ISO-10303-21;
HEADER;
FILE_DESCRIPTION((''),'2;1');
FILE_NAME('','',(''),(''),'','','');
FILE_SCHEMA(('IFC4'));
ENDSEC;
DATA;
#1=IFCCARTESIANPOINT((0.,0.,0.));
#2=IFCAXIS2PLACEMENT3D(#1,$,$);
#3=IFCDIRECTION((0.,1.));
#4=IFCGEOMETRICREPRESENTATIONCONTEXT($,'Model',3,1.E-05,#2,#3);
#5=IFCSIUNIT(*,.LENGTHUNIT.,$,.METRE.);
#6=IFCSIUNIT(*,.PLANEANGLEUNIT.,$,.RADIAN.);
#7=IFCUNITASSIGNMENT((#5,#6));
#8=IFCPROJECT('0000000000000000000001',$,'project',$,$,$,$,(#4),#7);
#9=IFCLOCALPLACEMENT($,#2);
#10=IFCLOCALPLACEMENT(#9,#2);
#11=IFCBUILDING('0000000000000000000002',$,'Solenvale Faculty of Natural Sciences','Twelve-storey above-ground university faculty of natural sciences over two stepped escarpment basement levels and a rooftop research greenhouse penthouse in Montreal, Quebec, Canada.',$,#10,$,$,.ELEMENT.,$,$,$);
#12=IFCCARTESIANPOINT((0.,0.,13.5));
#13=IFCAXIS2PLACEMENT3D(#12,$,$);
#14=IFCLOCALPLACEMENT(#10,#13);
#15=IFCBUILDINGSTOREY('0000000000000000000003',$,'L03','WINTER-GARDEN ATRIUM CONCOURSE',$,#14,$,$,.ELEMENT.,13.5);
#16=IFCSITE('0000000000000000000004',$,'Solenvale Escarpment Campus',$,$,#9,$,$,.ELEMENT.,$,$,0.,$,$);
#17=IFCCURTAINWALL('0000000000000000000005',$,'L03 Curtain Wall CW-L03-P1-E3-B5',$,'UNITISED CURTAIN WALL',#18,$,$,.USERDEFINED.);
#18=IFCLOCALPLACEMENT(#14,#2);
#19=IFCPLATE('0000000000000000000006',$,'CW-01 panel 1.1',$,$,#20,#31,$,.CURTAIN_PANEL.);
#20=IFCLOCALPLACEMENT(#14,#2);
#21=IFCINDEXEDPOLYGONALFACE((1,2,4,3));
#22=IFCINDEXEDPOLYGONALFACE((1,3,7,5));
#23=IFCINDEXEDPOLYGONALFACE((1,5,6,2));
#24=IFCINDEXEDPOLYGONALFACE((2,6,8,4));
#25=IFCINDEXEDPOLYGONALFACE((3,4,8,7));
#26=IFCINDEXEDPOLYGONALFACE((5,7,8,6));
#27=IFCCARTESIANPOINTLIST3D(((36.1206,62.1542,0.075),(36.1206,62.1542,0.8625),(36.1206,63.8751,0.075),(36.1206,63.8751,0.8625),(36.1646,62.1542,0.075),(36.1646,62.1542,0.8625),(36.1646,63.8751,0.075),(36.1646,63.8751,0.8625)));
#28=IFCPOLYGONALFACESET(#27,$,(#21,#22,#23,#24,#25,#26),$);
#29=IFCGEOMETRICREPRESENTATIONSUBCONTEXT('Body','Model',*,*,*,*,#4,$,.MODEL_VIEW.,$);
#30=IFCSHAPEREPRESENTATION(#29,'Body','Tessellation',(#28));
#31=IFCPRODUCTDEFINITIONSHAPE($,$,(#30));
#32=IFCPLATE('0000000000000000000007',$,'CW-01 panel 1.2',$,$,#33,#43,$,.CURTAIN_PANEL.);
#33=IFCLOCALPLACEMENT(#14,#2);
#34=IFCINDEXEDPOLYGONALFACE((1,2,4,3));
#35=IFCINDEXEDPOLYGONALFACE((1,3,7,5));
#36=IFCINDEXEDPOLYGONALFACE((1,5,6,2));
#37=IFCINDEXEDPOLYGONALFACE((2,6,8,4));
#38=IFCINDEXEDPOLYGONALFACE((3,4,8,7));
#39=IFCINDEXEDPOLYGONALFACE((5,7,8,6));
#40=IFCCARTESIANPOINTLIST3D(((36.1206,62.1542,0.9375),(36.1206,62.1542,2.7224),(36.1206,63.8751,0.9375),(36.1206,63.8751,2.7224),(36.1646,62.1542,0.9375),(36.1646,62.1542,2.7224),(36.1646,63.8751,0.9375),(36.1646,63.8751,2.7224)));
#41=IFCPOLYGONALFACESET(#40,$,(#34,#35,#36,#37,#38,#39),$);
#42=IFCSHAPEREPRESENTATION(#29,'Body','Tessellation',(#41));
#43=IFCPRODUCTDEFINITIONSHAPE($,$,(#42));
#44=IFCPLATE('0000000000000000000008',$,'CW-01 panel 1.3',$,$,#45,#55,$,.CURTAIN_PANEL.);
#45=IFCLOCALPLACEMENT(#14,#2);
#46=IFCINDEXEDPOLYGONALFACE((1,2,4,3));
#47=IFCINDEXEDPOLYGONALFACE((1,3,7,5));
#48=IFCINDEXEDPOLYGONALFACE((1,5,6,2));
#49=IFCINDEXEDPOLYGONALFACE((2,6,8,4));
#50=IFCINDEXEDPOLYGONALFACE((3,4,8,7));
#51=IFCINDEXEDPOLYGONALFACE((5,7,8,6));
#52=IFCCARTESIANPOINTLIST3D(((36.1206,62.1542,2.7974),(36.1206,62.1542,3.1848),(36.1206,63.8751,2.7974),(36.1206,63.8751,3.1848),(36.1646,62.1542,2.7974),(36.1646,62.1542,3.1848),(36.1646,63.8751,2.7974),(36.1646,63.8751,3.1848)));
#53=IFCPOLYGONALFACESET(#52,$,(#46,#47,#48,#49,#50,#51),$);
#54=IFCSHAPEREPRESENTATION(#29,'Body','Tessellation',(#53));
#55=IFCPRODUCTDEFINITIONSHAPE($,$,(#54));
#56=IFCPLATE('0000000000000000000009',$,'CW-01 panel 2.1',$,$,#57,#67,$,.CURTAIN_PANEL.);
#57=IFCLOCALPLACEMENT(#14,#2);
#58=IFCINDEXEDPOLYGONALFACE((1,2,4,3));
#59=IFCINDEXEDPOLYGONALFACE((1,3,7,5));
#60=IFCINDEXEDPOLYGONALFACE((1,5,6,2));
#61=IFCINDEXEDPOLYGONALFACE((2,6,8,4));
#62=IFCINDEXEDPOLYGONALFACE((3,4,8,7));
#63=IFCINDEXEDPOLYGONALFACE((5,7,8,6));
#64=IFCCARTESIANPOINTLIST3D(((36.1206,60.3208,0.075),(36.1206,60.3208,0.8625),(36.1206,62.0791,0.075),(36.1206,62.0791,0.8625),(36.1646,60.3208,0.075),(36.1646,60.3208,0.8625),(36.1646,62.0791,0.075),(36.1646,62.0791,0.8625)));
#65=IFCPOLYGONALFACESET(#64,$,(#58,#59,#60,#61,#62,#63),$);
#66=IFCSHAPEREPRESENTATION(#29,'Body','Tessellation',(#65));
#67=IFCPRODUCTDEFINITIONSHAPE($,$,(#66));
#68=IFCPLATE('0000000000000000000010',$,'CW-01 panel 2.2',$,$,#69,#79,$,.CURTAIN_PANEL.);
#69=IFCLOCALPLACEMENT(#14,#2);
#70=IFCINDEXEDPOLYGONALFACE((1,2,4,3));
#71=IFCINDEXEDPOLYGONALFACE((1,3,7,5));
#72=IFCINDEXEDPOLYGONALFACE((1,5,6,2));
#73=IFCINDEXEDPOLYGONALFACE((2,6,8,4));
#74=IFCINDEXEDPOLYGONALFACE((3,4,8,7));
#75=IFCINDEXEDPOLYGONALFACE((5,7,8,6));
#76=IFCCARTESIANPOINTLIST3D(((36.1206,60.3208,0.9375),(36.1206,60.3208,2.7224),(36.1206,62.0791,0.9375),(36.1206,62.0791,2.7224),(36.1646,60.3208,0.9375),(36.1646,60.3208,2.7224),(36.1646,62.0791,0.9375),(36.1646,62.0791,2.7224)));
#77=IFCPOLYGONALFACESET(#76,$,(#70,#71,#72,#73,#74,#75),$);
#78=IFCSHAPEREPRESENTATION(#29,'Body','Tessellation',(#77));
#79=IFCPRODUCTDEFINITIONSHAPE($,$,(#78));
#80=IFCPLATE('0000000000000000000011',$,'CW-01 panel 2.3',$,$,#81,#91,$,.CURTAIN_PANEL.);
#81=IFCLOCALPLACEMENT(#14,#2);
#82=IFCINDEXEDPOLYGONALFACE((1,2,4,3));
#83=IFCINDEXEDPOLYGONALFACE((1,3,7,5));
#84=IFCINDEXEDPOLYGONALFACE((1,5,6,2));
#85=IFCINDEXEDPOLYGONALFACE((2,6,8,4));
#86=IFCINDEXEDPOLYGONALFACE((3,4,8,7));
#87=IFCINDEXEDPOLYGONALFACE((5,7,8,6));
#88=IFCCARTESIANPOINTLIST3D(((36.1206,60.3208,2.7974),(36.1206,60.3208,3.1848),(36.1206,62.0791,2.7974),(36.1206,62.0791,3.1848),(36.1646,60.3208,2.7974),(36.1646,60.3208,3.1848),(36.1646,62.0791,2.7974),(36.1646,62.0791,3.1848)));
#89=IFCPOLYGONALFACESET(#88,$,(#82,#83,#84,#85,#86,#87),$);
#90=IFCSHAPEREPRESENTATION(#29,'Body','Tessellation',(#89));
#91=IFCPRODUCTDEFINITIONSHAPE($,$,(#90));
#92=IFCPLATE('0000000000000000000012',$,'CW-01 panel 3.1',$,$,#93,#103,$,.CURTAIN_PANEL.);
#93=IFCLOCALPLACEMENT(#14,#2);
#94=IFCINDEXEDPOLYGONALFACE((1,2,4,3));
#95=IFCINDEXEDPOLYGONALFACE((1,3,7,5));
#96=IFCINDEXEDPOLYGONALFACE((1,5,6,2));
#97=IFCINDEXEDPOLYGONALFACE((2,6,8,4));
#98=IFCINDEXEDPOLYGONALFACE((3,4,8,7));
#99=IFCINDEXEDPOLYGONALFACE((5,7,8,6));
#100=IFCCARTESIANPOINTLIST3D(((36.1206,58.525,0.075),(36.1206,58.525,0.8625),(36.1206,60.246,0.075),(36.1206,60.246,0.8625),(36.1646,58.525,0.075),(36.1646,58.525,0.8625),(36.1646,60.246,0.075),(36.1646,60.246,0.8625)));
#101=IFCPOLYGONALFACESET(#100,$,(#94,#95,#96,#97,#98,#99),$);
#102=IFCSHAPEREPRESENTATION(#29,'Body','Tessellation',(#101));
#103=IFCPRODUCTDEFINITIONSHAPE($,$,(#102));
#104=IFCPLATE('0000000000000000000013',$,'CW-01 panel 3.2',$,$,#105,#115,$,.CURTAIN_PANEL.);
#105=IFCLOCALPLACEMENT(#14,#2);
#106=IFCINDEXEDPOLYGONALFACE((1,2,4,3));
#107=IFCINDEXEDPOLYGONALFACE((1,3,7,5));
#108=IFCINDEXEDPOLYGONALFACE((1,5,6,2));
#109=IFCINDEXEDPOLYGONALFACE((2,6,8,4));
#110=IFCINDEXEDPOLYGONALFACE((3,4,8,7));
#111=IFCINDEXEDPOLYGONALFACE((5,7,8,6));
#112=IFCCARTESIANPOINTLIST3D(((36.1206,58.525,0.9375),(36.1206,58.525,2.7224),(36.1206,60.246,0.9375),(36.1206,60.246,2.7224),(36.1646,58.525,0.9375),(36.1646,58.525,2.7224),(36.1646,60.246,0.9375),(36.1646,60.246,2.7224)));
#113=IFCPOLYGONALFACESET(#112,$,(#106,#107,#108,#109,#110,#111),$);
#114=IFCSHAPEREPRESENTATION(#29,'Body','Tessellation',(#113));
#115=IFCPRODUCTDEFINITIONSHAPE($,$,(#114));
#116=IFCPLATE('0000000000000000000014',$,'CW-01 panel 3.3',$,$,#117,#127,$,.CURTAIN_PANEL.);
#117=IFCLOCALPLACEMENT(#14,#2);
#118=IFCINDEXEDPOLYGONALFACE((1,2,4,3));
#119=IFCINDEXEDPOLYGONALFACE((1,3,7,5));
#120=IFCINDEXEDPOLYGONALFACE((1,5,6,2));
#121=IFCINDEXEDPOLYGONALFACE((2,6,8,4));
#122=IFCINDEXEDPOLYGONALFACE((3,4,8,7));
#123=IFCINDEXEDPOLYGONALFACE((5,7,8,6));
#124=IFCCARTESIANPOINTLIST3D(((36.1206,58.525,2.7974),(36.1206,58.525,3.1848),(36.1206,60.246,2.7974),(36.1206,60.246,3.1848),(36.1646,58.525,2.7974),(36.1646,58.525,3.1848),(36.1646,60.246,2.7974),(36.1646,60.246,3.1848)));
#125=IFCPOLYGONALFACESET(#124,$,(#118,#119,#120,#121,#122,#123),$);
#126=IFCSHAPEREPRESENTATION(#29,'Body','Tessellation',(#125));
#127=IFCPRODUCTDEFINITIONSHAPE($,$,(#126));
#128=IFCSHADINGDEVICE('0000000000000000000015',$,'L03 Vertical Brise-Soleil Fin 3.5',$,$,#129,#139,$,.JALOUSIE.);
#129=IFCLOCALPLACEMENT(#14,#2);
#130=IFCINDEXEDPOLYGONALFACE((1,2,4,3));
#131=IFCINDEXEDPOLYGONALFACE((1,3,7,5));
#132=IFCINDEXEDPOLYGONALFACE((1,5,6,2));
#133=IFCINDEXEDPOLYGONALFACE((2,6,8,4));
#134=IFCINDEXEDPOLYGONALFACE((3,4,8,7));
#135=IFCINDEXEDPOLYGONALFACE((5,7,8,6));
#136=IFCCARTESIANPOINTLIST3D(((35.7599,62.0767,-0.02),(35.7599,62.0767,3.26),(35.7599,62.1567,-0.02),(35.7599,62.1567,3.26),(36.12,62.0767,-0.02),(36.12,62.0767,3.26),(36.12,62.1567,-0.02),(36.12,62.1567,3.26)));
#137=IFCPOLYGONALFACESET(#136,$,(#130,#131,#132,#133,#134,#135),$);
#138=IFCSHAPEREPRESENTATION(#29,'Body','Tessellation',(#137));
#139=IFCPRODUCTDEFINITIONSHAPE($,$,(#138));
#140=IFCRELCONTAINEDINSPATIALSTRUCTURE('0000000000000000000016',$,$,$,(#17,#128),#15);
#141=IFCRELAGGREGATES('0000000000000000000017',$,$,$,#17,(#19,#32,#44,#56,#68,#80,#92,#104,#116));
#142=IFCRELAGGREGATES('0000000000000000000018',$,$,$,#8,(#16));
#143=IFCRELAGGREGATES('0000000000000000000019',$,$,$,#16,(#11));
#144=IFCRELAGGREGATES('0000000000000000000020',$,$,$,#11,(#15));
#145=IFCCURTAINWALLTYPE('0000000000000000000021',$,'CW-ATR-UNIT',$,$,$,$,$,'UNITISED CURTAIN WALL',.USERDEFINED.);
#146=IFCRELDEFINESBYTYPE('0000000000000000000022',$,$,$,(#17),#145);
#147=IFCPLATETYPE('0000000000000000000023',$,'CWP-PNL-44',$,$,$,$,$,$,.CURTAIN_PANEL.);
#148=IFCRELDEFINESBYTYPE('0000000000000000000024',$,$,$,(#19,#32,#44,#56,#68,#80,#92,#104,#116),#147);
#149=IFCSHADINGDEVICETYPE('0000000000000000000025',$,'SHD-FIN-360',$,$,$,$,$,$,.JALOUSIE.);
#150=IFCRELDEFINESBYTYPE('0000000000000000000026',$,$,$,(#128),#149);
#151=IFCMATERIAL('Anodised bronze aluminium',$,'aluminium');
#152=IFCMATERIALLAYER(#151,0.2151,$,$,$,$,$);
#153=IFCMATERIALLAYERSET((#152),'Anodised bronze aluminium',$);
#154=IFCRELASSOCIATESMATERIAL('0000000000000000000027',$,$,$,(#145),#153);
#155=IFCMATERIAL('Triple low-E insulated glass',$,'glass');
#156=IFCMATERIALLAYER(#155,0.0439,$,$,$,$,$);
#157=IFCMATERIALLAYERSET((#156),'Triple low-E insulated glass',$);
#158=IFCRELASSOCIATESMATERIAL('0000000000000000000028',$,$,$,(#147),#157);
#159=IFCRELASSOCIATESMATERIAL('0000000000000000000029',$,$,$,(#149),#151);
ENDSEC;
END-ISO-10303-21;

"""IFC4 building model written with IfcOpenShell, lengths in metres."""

from ifc_helpers import new_model, si_unit, direction, frame, origin, origin_2d, place, context, subcontext, project, spatial, rectangle, extrude, material, layer, layer_set, material_profile, profile_set, type_object, element, aggregate, save


model = new_model("IFC4")

# Units and contexts
model_context = context("Model", 3, precision=1e-05, world=origin(), true_north=direction((0.0, 1.0)))
body_context = subcontext(model_context, "Body", "Model", "MODEL_VIEW")
ifc_project = project(units=[si_unit("LENGTHUNIT", "METRE"), si_unit("PLANEANGLEUNIT", "RADIAN")], contexts=[model_context])

# Site, building, storey
site_placement = place(None, origin())
site = spatial("IfcSite", under=ifc_project, at=site_placement, Name="Solenvale Escarpment Campus", CompositionType="ELEMENT", RefElevation=0.0)
building_placement = place(site_placement, origin())
building = spatial("IfcBuilding", under=site, at=building_placement, Name="Solenvale Faculty of Natural Sciences", Description="Twelve-storey above-ground university faculty of natural sciences over two stepped escarpment basement levels and a rooftop research greenhouse penthouse in Montreal, Quebec, Canada.", CompositionType="ELEMENT")
storey_placement = place(building_placement, frame((0.0, 0.0, 13.5)))
storey = spatial("IfcBuildingStorey", under=building, at=storey_placement, Name="L03", Description="WINTER-GARDEN ATRIUM CONCOURSE", CompositionType="ELEMENT", Elevation=13.5)

# Curtain wall, plates
ifc_material_1 = material(Name="Anodised bronze aluminium", Category="aluminium")
ifc_layer_1 = layer(ifc_material_1, 0.2151)
ifc_layer_set_1 = layer_set([ifc_layer_1], Name="Anodised bronze aluminium")
curtain_wall_type = type_object("IfcCurtainWallType", Name="CW-ATR-UNIT", ElementType="UNITISED CURTAIN WALL", PredefinedType="USERDEFINED", material=ifc_layer_set_1)
curtain_wall_placement = place(storey_placement, origin())
curtain_wall = element("IfcCurtainWall", 1, at=curtain_wall_placement, inside=storey, type_object=curtain_wall_type, Name="L03 Curtain Wall CW-L03-P1-E3-B5", ObjectType="UNITISED CURTAIN WALL", PredefinedType="USERDEFINED")
ifc_material_2 = material(Name="Triple low-E insulated glass", Category="glass")
ifc_layer_2 = layer(ifc_material_2, 0.0439)
ifc_layer_set_2 = layer_set([ifc_layer_2], Name="Triple low-E insulated glass")
plate_type = type_object("IfcPlateType", Name="CWP-PNL-44", PredefinedType="CURTAIN_PANEL", material=ifc_layer_set_2)
plate_1_placement = place(storey_placement, frame((36.1426, 63.0146, 0.075), z_axis=(0.0, 0.0, 1.0), x_axis=(0.0, -1.0, 0.0)))
plate_1 = element("IfcPlate", 2, at=plate_1_placement, type_object=plate_type, Name="CW-01 panel 1.1", PredefinedType="CURTAIN_PANEL", context=body_context, shape_type="SweptSolid", body=[
    extrude(rectangle(XDim=1.7209, YDim=0.0439, at=origin_2d()), origin(), (0.0, 0.0, 1.0), 0.7876),
])
plate_2_placement = place(storey_placement, frame((36.1426, 63.0146, 0.9375), z_axis=(0.0, 0.0, 1.0), x_axis=(0.0, -1.0, 0.0)))
plate_2 = element("IfcPlate", 3, at=plate_2_placement, type_object=plate_type, Name="CW-01 panel 1.2", PredefinedType="CURTAIN_PANEL", context=body_context, shape_type="SweptSolid", body=[
    extrude(rectangle(XDim=1.7209, YDim=0.0439, at=origin_2d()), origin(), (0.0, 0.0, 1.0), 1.7849),
])
plate_3_placement = place(storey_placement, frame((36.1426, 63.0146, 2.7974), z_axis=(0.0, 0.0, 1.0), x_axis=(0.0, -1.0, 0.0)))
plate_3 = element("IfcPlate", 4, at=plate_3_placement, type_object=plate_type, Name="CW-01 panel 1.3", PredefinedType="CURTAIN_PANEL", context=body_context, shape_type="SweptSolid", body=[
    extrude(rectangle(XDim=1.7209, YDim=0.0439, at=origin_2d()), origin(), (0.0, 0.0, 1.0), 0.3875),
])
plate_4_placement = place(storey_placement, frame((36.1426, 61.2, 0.075), z_axis=(0.0, 0.0, 1.0), x_axis=(0.0, -1.0, 0.0)))
plate_4 = element("IfcPlate", 5, at=plate_4_placement, type_object=plate_type, Name="CW-01 panel 2.1", PredefinedType="CURTAIN_PANEL", context=body_context, shape_type="SweptSolid", body=[
    extrude(rectangle(XDim=1.7583, YDim=0.0439, at=origin_2d()), origin(), (0.0, 0.0, 1.0), 0.7876),
])
plate_5_placement = place(storey_placement, frame((36.1426, 61.2, 0.9375), z_axis=(0.0, 0.0, 1.0), x_axis=(0.0, -1.0, 0.0)))
plate_5 = element("IfcPlate", 6, at=plate_5_placement, type_object=plate_type, Name="CW-01 panel 2.2", PredefinedType="CURTAIN_PANEL", context=body_context, shape_type="SweptSolid", body=[
    extrude(rectangle(XDim=1.7583, YDim=0.0439, at=origin_2d()), origin(), (0.0, 0.0, 1.0), 1.7849),
])
plate_6_placement = place(storey_placement, frame((36.1426, 61.2, 2.7974), z_axis=(0.0, 0.0, 1.0), x_axis=(0.0, -1.0, 0.0)))
plate_6 = element("IfcPlate", 7, at=plate_6_placement, type_object=plate_type, Name="CW-01 panel 2.3", PredefinedType="CURTAIN_PANEL", context=body_context, shape_type="SweptSolid", body=[
    extrude(rectangle(XDim=1.7583, YDim=0.0439, at=origin_2d()), origin(), (0.0, 0.0, 1.0), 0.3875),
])
plate_7_placement = place(storey_placement, frame((36.1426, 59.3855, 0.075), z_axis=(0.0, 0.0, 1.0), x_axis=(0.0, -1.0, 0.0)))
plate_7 = element("IfcPlate", 8, at=plate_7_placement, type_object=plate_type, Name="CW-01 panel 3.1", PredefinedType="CURTAIN_PANEL", context=body_context, shape_type="SweptSolid", body=[
    extrude(rectangle(XDim=1.7209, YDim=0.0439, at=origin_2d()), origin(), (0.0, 0.0, 1.0), 0.7876),
])
plate_8_placement = place(storey_placement, frame((36.1426, 59.3855, 0.9375), z_axis=(0.0, 0.0, 1.0), x_axis=(0.0, -1.0, 0.0)))
plate_8 = element("IfcPlate", 9, at=plate_8_placement, type_object=plate_type, Name="CW-01 panel 3.2", PredefinedType="CURTAIN_PANEL", context=body_context, shape_type="SweptSolid", body=[
    extrude(rectangle(XDim=1.7209, YDim=0.0439, at=origin_2d()), origin(), (0.0, 0.0, 1.0), 1.7849),
])
plate_9_placement = place(storey_placement, frame((36.1426, 59.3855, 2.7974), z_axis=(0.0, 0.0, 1.0), x_axis=(0.0, -1.0, 0.0)))
plate_9 = element("IfcPlate", 10, at=plate_9_placement, type_object=plate_type, Name="CW-01 panel 3.3", PredefinedType="CURTAIN_PANEL", context=body_context, shape_type="SweptSolid", body=[
    extrude(rectangle(XDim=1.7209, YDim=0.0439, at=origin_2d()), origin(), (0.0, 0.0, 1.0), 0.3875),
])
aggregate(curtain_wall, [plate_1, plate_2, plate_3, plate_4, plate_5, plate_6, plate_7, plate_8, plate_9])

# Shading device
ifc_material_profile_1 = material_profile(ifc_material_1, rectangle(XDim=0.0801, YDim=0.3601, at=origin_2d()), Name="ALU-FIN-80x360")
ifc_profile_set_1 = profile_set([ifc_material_profile_1], Name="Anodised bronze aluminium")
shading_device_type = type_object("IfcShadingDeviceType", Name="SHD-FIN-360", PredefinedType="JALOUSIE", material=ifc_profile_set_1)
shading_device_placement = place(storey_placement, frame((35.9399, 62.1167, -0.02), z_axis=(0.0, 0.0, 1.0), x_axis=(0.0, 1.0, 0.0)))
element("IfcShadingDevice", 11, at=shading_device_placement, inside=storey, type_object=shading_device_type, Name="L03 Vertical Brise-Soleil Fin 3.5", PredefinedType="JALOUSIE", context=body_context, shape_type="SweptSolid", body=[
    extrude(rectangle(XDim=0.0801, YDim=0.3601, at=origin_2d()), origin(), (0.0, 0.0, 1.0), 3.28),
])

save(model, "model.ifc")
